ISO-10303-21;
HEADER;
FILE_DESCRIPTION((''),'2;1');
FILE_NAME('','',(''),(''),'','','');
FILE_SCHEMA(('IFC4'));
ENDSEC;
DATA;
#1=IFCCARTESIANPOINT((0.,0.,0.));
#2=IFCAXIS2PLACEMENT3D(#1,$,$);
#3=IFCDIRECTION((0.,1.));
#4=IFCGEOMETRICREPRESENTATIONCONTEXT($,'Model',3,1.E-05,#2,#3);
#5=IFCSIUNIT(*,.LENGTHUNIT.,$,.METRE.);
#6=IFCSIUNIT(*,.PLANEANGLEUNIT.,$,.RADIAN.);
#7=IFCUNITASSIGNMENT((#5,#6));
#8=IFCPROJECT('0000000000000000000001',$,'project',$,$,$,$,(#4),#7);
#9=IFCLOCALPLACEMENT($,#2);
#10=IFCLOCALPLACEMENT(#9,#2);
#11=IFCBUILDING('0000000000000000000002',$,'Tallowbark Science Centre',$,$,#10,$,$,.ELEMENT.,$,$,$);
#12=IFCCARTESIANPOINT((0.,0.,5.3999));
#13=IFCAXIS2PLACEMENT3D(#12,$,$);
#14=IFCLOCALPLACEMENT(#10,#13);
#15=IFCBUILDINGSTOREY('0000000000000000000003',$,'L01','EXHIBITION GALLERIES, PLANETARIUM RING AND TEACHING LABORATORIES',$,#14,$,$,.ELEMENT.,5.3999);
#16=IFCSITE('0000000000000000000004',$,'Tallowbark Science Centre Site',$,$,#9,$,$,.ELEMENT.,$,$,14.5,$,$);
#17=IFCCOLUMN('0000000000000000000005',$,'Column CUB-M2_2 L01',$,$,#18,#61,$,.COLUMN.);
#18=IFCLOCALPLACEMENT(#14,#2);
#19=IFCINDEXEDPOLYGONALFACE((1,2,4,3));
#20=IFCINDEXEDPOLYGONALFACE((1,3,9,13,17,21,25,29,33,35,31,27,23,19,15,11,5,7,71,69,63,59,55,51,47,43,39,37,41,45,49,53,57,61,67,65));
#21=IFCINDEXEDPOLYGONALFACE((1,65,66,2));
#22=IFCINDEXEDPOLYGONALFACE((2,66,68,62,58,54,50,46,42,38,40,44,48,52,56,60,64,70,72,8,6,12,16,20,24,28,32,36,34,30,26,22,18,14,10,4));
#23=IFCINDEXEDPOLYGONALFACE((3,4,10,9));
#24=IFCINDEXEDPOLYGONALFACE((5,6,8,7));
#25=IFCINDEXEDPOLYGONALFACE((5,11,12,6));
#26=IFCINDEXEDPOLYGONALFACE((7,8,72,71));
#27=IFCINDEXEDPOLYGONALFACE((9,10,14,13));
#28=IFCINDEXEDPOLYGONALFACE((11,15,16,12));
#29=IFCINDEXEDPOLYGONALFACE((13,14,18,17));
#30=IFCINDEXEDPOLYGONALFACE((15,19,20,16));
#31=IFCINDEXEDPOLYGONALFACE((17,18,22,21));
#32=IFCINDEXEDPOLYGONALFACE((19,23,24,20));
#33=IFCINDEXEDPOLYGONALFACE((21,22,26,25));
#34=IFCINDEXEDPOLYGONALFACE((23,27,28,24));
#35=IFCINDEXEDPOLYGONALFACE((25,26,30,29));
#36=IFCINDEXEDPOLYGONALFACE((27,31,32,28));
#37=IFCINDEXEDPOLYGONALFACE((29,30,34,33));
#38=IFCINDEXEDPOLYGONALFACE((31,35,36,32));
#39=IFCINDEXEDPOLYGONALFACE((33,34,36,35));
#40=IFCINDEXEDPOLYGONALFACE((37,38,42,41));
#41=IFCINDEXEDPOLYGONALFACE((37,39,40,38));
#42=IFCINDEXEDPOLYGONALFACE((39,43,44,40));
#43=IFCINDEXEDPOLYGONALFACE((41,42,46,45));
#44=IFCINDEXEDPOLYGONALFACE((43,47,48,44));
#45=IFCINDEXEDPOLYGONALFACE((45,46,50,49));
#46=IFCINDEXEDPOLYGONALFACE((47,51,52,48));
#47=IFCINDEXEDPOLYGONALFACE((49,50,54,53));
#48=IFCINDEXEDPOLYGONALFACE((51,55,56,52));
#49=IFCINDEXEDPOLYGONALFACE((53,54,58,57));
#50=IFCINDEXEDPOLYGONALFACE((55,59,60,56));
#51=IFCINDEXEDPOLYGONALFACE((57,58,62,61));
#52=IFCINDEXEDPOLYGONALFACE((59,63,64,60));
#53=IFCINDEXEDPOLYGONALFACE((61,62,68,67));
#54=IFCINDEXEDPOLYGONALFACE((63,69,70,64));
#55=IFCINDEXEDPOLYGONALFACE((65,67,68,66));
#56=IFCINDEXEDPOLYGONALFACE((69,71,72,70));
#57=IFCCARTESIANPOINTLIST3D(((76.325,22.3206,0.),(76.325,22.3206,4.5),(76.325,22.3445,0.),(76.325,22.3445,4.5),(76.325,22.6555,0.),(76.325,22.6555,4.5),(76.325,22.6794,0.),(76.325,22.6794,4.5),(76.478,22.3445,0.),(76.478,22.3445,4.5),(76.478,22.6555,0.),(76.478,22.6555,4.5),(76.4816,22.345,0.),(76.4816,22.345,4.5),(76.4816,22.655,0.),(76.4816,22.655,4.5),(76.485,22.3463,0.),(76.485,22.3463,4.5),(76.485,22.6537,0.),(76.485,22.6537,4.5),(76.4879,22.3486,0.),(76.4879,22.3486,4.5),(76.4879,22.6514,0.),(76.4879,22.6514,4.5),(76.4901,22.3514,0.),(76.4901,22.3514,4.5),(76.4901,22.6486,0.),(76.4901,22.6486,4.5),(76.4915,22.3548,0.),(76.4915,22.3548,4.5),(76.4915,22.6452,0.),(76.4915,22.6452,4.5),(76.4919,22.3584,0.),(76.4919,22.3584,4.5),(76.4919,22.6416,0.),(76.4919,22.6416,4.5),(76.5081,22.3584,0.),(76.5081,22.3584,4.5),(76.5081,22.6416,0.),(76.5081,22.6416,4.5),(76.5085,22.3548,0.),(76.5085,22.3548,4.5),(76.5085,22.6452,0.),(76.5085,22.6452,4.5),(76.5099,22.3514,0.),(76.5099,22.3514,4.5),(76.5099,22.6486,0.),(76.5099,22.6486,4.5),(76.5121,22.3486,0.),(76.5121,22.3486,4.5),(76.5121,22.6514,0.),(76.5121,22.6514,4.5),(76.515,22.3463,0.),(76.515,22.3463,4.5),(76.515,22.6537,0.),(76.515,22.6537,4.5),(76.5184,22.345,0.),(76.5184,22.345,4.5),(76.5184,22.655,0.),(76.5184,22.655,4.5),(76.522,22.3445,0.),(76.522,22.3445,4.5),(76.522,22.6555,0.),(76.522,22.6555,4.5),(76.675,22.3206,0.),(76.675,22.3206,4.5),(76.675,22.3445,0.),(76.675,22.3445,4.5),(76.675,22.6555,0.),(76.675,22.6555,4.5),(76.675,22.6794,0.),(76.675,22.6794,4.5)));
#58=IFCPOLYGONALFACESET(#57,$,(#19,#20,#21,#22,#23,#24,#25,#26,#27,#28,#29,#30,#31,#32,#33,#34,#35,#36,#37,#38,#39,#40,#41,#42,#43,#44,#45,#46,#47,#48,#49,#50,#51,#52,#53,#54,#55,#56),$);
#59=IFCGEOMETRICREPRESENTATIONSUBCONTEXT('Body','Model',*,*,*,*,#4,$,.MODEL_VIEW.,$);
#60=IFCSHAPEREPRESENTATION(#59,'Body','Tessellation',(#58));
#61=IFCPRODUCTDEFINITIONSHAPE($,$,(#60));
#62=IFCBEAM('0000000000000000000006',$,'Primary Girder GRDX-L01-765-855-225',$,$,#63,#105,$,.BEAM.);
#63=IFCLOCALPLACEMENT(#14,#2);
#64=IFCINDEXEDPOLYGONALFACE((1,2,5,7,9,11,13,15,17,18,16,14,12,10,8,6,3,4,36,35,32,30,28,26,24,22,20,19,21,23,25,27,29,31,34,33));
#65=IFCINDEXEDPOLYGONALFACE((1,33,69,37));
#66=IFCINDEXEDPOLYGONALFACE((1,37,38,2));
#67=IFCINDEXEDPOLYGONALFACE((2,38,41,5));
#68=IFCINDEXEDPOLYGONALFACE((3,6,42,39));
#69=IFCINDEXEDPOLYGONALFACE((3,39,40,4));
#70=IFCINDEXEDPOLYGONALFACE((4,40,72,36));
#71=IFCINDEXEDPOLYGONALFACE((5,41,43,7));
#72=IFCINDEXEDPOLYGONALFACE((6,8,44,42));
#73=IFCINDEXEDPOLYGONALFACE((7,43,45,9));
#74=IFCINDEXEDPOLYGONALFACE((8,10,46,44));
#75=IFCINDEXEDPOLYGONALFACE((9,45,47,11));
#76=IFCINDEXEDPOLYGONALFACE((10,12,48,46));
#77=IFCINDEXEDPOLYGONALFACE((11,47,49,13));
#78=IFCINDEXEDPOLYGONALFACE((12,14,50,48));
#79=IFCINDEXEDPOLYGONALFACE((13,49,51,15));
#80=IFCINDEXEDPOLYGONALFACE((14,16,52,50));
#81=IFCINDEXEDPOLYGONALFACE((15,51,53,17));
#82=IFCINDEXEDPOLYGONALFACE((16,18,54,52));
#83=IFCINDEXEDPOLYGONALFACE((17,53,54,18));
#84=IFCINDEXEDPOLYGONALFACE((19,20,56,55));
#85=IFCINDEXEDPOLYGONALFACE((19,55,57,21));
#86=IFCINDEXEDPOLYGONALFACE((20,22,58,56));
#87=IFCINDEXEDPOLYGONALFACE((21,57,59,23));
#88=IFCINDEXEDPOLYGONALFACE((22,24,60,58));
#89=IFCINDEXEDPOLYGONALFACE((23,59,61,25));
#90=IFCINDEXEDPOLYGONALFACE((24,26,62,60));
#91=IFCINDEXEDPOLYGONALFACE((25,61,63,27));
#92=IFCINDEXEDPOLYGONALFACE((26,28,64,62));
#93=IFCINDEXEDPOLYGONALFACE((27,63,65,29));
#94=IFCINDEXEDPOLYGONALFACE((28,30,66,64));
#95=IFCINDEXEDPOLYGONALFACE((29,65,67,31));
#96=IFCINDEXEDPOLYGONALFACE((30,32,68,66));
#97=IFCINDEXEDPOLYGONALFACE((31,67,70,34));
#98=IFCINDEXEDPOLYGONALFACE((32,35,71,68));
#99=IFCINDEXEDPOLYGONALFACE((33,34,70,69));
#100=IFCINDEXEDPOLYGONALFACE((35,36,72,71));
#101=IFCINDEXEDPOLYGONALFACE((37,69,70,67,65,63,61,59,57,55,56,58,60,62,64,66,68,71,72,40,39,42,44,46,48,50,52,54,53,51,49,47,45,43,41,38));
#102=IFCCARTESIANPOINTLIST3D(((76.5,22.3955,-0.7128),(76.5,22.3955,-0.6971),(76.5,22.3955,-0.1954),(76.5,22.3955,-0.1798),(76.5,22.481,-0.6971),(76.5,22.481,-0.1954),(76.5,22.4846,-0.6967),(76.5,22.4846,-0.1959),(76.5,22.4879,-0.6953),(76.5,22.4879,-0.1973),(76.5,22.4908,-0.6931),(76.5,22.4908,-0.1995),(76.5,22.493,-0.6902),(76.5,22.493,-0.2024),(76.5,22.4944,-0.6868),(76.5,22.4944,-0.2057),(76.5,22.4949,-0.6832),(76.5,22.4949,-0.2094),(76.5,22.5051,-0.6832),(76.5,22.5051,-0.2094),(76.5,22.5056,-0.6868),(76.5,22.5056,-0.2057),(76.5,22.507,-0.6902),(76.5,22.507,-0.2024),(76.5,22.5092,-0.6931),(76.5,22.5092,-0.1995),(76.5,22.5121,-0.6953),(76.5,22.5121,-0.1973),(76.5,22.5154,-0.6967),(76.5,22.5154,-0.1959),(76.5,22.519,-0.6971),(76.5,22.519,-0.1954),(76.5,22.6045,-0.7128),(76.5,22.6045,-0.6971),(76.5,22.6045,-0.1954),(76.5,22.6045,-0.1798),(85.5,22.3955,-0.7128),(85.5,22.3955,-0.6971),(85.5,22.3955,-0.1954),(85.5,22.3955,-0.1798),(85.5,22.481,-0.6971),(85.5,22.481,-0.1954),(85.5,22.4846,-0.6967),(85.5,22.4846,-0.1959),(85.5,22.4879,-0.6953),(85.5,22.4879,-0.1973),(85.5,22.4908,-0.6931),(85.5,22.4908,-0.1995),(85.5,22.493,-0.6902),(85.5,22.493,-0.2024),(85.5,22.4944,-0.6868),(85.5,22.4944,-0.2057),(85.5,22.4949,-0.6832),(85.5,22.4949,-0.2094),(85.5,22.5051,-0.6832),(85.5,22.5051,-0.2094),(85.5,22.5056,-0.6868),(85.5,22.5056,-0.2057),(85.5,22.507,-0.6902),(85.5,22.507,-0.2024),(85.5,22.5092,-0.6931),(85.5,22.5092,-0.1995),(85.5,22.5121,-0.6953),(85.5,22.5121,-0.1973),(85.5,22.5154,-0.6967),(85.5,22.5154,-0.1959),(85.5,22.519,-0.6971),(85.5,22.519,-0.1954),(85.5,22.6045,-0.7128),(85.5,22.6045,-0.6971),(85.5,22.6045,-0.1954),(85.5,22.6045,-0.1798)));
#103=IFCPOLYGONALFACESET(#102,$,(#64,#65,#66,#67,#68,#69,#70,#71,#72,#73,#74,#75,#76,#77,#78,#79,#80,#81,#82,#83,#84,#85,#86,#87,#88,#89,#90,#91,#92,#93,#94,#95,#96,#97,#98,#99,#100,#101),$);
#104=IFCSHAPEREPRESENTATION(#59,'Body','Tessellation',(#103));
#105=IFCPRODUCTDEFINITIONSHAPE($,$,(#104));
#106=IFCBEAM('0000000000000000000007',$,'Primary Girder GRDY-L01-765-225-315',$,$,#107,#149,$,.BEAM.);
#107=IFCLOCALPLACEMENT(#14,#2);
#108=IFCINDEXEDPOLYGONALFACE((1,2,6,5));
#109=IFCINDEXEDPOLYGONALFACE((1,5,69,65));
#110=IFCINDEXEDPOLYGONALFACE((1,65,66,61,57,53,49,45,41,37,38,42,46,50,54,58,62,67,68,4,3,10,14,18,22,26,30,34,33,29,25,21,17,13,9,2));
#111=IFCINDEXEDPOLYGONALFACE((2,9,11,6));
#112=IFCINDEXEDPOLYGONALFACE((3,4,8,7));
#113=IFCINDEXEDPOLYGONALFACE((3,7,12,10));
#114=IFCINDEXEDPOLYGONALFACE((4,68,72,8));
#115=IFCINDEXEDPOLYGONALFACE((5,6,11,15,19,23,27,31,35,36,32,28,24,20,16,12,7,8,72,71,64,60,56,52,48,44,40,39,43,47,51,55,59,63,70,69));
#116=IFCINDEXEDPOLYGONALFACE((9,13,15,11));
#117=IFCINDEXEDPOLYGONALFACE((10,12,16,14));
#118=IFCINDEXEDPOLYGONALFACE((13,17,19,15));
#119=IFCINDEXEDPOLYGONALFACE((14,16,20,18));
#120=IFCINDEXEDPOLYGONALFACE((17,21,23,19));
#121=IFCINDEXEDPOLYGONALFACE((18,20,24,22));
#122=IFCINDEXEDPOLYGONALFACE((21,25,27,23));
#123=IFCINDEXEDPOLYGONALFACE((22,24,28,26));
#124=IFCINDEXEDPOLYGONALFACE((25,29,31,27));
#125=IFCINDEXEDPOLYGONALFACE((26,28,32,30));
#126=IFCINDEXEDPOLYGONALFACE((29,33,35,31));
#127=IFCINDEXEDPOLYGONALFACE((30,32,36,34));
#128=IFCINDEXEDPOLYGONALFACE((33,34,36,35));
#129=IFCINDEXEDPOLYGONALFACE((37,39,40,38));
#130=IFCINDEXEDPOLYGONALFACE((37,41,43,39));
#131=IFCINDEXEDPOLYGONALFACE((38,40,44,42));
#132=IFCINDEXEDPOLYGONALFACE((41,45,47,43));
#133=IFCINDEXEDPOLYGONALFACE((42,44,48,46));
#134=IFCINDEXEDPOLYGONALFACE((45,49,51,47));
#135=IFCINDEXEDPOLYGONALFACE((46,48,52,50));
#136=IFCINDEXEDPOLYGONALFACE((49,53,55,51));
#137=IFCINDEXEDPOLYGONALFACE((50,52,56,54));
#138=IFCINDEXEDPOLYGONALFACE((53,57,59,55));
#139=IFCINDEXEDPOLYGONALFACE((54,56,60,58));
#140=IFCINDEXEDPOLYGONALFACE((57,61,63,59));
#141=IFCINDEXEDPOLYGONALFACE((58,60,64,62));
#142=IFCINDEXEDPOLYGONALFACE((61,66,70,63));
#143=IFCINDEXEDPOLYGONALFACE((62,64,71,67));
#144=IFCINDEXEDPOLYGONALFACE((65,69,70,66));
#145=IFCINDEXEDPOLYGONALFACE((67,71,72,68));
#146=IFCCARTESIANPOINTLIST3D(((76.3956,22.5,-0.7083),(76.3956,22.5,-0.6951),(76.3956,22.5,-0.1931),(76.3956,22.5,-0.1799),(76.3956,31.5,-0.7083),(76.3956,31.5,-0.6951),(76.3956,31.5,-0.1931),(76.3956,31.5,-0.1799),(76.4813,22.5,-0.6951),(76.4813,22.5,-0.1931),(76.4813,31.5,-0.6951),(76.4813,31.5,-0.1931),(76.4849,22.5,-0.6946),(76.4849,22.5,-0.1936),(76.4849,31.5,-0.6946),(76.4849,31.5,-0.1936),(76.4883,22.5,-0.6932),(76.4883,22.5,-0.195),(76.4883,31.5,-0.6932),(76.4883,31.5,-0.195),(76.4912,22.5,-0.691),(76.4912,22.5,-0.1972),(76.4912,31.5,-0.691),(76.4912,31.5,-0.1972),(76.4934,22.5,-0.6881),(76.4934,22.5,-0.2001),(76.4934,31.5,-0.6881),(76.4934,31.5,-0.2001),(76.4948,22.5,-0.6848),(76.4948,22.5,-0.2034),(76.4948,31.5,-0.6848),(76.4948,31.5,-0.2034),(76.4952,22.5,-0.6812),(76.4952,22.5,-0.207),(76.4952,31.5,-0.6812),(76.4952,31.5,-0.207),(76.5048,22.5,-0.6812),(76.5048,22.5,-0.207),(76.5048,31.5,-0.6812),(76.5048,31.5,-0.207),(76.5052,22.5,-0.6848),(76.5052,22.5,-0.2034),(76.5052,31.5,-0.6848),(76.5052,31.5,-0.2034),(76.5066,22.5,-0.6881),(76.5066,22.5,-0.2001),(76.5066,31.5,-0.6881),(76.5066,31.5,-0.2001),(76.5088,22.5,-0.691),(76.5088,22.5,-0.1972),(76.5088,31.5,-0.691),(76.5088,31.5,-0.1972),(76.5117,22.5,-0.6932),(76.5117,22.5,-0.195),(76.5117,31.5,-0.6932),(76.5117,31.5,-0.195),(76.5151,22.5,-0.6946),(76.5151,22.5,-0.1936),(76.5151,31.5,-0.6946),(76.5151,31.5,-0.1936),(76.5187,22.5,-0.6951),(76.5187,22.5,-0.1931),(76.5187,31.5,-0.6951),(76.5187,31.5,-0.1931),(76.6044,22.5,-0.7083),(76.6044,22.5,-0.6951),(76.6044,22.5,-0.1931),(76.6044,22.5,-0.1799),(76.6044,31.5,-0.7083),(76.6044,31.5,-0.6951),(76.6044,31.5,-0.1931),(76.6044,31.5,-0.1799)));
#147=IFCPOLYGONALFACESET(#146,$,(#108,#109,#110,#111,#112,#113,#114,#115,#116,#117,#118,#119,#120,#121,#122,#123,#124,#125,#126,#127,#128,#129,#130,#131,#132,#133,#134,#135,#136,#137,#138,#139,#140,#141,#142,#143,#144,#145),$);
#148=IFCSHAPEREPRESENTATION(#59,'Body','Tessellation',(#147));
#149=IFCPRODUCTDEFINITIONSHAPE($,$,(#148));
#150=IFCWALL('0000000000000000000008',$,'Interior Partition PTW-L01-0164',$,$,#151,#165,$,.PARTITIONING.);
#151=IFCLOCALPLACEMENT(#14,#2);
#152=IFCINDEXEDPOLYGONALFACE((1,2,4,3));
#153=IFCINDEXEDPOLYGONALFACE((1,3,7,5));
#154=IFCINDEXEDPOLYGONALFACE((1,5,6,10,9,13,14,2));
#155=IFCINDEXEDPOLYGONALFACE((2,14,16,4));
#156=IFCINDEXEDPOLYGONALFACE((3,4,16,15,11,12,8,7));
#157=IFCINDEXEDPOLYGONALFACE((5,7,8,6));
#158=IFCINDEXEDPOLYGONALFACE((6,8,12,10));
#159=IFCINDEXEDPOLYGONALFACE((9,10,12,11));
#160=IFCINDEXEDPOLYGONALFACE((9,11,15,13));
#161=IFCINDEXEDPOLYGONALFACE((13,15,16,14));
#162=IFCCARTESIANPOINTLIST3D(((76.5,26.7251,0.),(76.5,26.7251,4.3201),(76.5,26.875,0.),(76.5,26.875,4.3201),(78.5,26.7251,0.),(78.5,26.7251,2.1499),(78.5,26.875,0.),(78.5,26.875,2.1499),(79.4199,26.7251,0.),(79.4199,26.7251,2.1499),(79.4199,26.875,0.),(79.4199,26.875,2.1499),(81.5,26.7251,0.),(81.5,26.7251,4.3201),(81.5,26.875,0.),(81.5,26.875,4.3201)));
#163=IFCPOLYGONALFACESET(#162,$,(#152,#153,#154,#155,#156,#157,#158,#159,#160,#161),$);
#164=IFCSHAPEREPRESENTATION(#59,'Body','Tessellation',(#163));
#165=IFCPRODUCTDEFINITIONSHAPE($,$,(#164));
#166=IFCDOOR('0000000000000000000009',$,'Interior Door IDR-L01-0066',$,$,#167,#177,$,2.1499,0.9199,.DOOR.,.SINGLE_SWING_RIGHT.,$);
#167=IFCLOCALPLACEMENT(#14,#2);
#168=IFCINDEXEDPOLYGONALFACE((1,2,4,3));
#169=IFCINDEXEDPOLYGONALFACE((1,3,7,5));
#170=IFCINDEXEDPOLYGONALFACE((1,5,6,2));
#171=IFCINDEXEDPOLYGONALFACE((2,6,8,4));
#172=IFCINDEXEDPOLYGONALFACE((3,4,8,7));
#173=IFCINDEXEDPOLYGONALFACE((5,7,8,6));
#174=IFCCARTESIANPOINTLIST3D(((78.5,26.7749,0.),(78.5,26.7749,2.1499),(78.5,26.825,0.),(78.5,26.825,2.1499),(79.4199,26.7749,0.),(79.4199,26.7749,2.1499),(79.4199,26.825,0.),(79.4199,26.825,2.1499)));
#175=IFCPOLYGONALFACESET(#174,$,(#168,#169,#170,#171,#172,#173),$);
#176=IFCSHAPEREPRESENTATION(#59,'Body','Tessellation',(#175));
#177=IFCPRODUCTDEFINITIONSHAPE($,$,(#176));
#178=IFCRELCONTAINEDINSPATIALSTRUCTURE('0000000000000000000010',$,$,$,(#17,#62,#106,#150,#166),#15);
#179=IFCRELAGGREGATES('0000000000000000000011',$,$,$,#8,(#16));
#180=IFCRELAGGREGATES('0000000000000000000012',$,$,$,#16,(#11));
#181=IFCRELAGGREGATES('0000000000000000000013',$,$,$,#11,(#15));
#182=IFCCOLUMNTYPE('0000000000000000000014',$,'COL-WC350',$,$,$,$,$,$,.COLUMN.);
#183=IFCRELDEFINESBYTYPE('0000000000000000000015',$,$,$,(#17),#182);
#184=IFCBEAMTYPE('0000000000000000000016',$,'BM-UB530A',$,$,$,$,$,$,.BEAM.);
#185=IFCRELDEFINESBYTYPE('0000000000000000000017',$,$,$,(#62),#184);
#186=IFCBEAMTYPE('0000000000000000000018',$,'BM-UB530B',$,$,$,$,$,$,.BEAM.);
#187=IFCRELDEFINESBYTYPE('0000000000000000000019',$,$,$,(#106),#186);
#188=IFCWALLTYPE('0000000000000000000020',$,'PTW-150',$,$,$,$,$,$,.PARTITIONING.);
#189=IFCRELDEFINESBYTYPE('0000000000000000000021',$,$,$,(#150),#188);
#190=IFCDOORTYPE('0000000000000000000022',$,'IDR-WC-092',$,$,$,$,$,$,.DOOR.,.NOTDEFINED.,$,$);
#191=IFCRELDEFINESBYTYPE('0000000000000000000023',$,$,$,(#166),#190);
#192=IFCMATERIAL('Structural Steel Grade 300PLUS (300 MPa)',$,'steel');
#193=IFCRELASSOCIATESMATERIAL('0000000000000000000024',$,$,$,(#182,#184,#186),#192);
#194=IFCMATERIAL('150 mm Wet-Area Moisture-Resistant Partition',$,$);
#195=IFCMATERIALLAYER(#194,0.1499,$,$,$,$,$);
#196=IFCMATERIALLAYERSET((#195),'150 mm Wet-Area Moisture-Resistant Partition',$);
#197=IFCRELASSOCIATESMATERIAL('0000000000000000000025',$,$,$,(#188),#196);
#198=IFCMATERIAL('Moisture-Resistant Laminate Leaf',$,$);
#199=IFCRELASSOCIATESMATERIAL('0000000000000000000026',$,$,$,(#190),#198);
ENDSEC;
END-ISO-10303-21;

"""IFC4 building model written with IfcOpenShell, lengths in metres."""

from ifc_helpers import new_model, si_unit, direction, frame, frame_2d, origin, origin_2d, place, context, subcontext, project, spatial, rectangle, i_section, extrude, material, layer, layer_set, material_profile, profile_set, type_object, element, fill, save


model = new_model("IFC4")

# Units and contexts
model_context = context("Model", 3, precision=1e-05, world=origin(), true_north=direction((0.0, 1.0)))
body_context = subcontext(model_context, "Body", "Model", "MODEL_VIEW")
ifc_project = project(units=[si_unit("LENGTHUNIT", "METRE"), si_unit("PLANEANGLEUNIT", "RADIAN")], contexts=[model_context])

# Site, building, storey
site_placement = place(None, origin())
site = spatial("IfcSite", under=ifc_project, at=site_placement, Name="Tallowbark Science Centre Site", CompositionType="ELEMENT", RefElevation=14.5)
building_placement = place(site_placement, origin())
building = spatial("IfcBuilding", under=site, at=building_placement, Name="Tallowbark Science Centre", CompositionType="ELEMENT")
storey_placement = place(building_placement, frame((0.0, 0.0, 5.3999)))
storey = spatial("IfcBuildingStorey", under=building, at=storey_placement, Name="L01", Description="EXHIBITION GALLERIES, PLANETARIUM RING AND TEACHING LABORATORIES", CompositionType="ELEMENT", Elevation=5.3999)

# Column
ifc_material_1 = material(Name="Structural Steel Grade 300PLUS (300 MPa)", Category="steel")
ifc_material_profile_1 = material_profile(ifc_material_1, i_section(OverallWidth=0.3501, OverallDepth=0.3589, WebThickness=0.0161, FlangeThickness=0.0239, FilletRadius=0.0139, at=origin_2d()), Name="350WC197")
ifc_profile_set_1 = profile_set([ifc_material_profile_1], Name="Structural Steel Grade 300PLUS (300 MPa)")
column_type = type_object("IfcColumnType", Name="COL-WC350", PredefinedType="COLUMN", material=ifc_profile_set_1)
column_placement = place(storey_placement, frame((76.5, 22.5, 0.0), z_axis=(0.0, 0.0, 1.0), x_axis=(1.0, 0.0, 0.0)))
element("IfcColumn", 1, at=column_placement, inside=storey, type_object=column_type, Name="Column CUB-M2_2 L01", PredefinedType="COLUMN", context=body_context, shape_type="SweptSolid", body=[
    extrude(i_section(OverallWidth=0.3501, OverallDepth=0.3589, WebThickness=0.0161, FlangeThickness=0.0239, FilletRadius=0.0139, at=origin_2d()), origin(), (0.0, 0.0, 1.0), 4.5),
])

# Beams
ifc_material_profile_2 = material_profile(ifc_material_1, i_section(OverallWidth=0.209, OverallDepth=0.533, WebThickness=0.0103, FlangeThickness=0.0156, FilletRadius=0.0139, at=origin_2d()), Name="530UB92.4")
ifc_profile_set_2 = profile_set([ifc_material_profile_2], Name="Structural Steel Grade 300PLUS (300 MPa)")
beam_type_1 = type_object("IfcBeamType", Name="BM-UB530A", PredefinedType="BEAM", material=ifc_profile_set_2)
beam_1_placement = place(storey_placement, frame((76.5, 22.5, -0.4463), z_axis=(1.0, 0.0, 0.0), x_axis=(0.0, 1.0, 0.0)))
element("IfcBeam", 2, at=beam_1_placement, inside=storey, type_object=beam_type_1, Name="Primary Girder GRDX-L01-765-855-225", PredefinedType="BEAM", context=body_context, shape_type="SweptSolid", body=[
    extrude(i_section(OverallWidth=0.209, OverallDepth=0.533, WebThickness=0.0103, FlangeThickness=0.0156, FilletRadius=0.0139, at=origin_2d()), origin(), (0.0, 0.0, 1.0), 9.0),
])
ifc_material_profile_3 = material_profile(ifc_material_1, i_section(OverallWidth=0.2087, OverallDepth=0.5283, WebThickness=0.0095, FlangeThickness=0.0132, FilletRadius=0.0139, at=origin_2d()), Name="530UB82.0")
ifc_profile_set_3 = profile_set([ifc_material_profile_3], Name="Structural Steel Grade 300PLUS (300 MPa)")
beam_type_2 = type_object("IfcBeamType", Name="BM-UB530B", PredefinedType="BEAM", material=ifc_profile_set_3)
beam_2_placement = place(storey_placement, frame((76.5, 22.5, -0.4441), z_axis=(0.0, 1.0, 0.0), x_axis=(-1.0, 0.0, 0.0)))
element("IfcBeam", 3, at=beam_2_placement, inside=storey, type_object=beam_type_2, Name="Primary Girder GRDY-L01-765-225-315", PredefinedType="BEAM", context=body_context, shape_type="SweptSolid", body=[
    extrude(i_section(OverallWidth=0.2087, OverallDepth=0.5283, WebThickness=0.0095, FlangeThickness=0.0132, FilletRadius=0.0139, at=origin_2d()), origin(), (0.0, 0.0, 1.0), 9.0),
])

# Wall, opening, door
ifc_material_2 = material(Name="150 mm Wet-Area Moisture-Resistant Partition")
ifc_layer_1 = layer(ifc_material_2, 0.1499)
ifc_layer_set_1 = layer_set([ifc_layer_1], Name="150 mm Wet-Area Moisture-Resistant Partition")
wall_type = type_object("IfcWallType", Name="PTW-150", PredefinedType="PARTITIONING", material=ifc_layer_set_1)
wall_1_placement = place(storey_placement, frame((76.5, 26.8, 0.0), z_axis=(0.0, 0.0, 1.0), x_axis=(1.0, 0.0, 0.0)))
wall_1 = element("IfcWall", 4, at=wall_1_placement, inside=storey, type_object=wall_type, Name="Interior Partition PTW-L01-0164", PredefinedType="PARTITIONING", context=body_context, shape_type="SweptSolid", body=[
    extrude(rectangle(XDim=5.0, YDim=0.1499, at=frame_2d((2.5, 0.0))), origin(), (0.0, 0.0, 1.0), 4.3201),
])
opening_placement = place(wall_1_placement, frame((2.0, 0.0, 0.0)))
opening = element("IfcOpeningElement", 5, at=opening_placement, cuts=wall_1, PredefinedType="OPENING", context=body_context, shape_type="SweptSolid", body=[
    extrude(rectangle(XDim=0.9199, YDim=2.1499, at=frame_2d((0.46, 1.075))), frame((0.0, 0.085, 0.0), z_axis=(0.0, -1.0, 0.0), x_axis=(1.0, 0.0, 0.0)), (0.0, 0.0, 1.0), 0.1699),
])
ifc_material_3 = material(Name="Moisture-Resistant Laminate Leaf")
door_type = type_object("IfcDoorType", Name="IDR-WC-092", OperationType="NOTDEFINED", PredefinedType="DOOR", material=ifc_material_3)
door_placement = place(opening_placement, origin())
door = element("IfcDoor", 6, at=door_placement, inside=storey, type_object=door_type, Name="Interior Door IDR-L01-0066", OperationType="SINGLE_SWING_RIGHT", OverallHeight=2.1499, OverallWidth=0.9199, PredefinedType="DOOR", context=body_context, shape_type="SweptSolid", body=[
    extrude(rectangle(XDim=0.9199, YDim=2.1499, at=frame_2d((0.46, 1.075))), frame((0.0, 0.0249, 0.0), z_axis=(0.0, -1.0, 0.0), x_axis=(1.0, 0.0, 0.0)), (0.0, 0.0, 1.0), 0.05),
])
fill(opening, door)

save(model, "model.ifc")
